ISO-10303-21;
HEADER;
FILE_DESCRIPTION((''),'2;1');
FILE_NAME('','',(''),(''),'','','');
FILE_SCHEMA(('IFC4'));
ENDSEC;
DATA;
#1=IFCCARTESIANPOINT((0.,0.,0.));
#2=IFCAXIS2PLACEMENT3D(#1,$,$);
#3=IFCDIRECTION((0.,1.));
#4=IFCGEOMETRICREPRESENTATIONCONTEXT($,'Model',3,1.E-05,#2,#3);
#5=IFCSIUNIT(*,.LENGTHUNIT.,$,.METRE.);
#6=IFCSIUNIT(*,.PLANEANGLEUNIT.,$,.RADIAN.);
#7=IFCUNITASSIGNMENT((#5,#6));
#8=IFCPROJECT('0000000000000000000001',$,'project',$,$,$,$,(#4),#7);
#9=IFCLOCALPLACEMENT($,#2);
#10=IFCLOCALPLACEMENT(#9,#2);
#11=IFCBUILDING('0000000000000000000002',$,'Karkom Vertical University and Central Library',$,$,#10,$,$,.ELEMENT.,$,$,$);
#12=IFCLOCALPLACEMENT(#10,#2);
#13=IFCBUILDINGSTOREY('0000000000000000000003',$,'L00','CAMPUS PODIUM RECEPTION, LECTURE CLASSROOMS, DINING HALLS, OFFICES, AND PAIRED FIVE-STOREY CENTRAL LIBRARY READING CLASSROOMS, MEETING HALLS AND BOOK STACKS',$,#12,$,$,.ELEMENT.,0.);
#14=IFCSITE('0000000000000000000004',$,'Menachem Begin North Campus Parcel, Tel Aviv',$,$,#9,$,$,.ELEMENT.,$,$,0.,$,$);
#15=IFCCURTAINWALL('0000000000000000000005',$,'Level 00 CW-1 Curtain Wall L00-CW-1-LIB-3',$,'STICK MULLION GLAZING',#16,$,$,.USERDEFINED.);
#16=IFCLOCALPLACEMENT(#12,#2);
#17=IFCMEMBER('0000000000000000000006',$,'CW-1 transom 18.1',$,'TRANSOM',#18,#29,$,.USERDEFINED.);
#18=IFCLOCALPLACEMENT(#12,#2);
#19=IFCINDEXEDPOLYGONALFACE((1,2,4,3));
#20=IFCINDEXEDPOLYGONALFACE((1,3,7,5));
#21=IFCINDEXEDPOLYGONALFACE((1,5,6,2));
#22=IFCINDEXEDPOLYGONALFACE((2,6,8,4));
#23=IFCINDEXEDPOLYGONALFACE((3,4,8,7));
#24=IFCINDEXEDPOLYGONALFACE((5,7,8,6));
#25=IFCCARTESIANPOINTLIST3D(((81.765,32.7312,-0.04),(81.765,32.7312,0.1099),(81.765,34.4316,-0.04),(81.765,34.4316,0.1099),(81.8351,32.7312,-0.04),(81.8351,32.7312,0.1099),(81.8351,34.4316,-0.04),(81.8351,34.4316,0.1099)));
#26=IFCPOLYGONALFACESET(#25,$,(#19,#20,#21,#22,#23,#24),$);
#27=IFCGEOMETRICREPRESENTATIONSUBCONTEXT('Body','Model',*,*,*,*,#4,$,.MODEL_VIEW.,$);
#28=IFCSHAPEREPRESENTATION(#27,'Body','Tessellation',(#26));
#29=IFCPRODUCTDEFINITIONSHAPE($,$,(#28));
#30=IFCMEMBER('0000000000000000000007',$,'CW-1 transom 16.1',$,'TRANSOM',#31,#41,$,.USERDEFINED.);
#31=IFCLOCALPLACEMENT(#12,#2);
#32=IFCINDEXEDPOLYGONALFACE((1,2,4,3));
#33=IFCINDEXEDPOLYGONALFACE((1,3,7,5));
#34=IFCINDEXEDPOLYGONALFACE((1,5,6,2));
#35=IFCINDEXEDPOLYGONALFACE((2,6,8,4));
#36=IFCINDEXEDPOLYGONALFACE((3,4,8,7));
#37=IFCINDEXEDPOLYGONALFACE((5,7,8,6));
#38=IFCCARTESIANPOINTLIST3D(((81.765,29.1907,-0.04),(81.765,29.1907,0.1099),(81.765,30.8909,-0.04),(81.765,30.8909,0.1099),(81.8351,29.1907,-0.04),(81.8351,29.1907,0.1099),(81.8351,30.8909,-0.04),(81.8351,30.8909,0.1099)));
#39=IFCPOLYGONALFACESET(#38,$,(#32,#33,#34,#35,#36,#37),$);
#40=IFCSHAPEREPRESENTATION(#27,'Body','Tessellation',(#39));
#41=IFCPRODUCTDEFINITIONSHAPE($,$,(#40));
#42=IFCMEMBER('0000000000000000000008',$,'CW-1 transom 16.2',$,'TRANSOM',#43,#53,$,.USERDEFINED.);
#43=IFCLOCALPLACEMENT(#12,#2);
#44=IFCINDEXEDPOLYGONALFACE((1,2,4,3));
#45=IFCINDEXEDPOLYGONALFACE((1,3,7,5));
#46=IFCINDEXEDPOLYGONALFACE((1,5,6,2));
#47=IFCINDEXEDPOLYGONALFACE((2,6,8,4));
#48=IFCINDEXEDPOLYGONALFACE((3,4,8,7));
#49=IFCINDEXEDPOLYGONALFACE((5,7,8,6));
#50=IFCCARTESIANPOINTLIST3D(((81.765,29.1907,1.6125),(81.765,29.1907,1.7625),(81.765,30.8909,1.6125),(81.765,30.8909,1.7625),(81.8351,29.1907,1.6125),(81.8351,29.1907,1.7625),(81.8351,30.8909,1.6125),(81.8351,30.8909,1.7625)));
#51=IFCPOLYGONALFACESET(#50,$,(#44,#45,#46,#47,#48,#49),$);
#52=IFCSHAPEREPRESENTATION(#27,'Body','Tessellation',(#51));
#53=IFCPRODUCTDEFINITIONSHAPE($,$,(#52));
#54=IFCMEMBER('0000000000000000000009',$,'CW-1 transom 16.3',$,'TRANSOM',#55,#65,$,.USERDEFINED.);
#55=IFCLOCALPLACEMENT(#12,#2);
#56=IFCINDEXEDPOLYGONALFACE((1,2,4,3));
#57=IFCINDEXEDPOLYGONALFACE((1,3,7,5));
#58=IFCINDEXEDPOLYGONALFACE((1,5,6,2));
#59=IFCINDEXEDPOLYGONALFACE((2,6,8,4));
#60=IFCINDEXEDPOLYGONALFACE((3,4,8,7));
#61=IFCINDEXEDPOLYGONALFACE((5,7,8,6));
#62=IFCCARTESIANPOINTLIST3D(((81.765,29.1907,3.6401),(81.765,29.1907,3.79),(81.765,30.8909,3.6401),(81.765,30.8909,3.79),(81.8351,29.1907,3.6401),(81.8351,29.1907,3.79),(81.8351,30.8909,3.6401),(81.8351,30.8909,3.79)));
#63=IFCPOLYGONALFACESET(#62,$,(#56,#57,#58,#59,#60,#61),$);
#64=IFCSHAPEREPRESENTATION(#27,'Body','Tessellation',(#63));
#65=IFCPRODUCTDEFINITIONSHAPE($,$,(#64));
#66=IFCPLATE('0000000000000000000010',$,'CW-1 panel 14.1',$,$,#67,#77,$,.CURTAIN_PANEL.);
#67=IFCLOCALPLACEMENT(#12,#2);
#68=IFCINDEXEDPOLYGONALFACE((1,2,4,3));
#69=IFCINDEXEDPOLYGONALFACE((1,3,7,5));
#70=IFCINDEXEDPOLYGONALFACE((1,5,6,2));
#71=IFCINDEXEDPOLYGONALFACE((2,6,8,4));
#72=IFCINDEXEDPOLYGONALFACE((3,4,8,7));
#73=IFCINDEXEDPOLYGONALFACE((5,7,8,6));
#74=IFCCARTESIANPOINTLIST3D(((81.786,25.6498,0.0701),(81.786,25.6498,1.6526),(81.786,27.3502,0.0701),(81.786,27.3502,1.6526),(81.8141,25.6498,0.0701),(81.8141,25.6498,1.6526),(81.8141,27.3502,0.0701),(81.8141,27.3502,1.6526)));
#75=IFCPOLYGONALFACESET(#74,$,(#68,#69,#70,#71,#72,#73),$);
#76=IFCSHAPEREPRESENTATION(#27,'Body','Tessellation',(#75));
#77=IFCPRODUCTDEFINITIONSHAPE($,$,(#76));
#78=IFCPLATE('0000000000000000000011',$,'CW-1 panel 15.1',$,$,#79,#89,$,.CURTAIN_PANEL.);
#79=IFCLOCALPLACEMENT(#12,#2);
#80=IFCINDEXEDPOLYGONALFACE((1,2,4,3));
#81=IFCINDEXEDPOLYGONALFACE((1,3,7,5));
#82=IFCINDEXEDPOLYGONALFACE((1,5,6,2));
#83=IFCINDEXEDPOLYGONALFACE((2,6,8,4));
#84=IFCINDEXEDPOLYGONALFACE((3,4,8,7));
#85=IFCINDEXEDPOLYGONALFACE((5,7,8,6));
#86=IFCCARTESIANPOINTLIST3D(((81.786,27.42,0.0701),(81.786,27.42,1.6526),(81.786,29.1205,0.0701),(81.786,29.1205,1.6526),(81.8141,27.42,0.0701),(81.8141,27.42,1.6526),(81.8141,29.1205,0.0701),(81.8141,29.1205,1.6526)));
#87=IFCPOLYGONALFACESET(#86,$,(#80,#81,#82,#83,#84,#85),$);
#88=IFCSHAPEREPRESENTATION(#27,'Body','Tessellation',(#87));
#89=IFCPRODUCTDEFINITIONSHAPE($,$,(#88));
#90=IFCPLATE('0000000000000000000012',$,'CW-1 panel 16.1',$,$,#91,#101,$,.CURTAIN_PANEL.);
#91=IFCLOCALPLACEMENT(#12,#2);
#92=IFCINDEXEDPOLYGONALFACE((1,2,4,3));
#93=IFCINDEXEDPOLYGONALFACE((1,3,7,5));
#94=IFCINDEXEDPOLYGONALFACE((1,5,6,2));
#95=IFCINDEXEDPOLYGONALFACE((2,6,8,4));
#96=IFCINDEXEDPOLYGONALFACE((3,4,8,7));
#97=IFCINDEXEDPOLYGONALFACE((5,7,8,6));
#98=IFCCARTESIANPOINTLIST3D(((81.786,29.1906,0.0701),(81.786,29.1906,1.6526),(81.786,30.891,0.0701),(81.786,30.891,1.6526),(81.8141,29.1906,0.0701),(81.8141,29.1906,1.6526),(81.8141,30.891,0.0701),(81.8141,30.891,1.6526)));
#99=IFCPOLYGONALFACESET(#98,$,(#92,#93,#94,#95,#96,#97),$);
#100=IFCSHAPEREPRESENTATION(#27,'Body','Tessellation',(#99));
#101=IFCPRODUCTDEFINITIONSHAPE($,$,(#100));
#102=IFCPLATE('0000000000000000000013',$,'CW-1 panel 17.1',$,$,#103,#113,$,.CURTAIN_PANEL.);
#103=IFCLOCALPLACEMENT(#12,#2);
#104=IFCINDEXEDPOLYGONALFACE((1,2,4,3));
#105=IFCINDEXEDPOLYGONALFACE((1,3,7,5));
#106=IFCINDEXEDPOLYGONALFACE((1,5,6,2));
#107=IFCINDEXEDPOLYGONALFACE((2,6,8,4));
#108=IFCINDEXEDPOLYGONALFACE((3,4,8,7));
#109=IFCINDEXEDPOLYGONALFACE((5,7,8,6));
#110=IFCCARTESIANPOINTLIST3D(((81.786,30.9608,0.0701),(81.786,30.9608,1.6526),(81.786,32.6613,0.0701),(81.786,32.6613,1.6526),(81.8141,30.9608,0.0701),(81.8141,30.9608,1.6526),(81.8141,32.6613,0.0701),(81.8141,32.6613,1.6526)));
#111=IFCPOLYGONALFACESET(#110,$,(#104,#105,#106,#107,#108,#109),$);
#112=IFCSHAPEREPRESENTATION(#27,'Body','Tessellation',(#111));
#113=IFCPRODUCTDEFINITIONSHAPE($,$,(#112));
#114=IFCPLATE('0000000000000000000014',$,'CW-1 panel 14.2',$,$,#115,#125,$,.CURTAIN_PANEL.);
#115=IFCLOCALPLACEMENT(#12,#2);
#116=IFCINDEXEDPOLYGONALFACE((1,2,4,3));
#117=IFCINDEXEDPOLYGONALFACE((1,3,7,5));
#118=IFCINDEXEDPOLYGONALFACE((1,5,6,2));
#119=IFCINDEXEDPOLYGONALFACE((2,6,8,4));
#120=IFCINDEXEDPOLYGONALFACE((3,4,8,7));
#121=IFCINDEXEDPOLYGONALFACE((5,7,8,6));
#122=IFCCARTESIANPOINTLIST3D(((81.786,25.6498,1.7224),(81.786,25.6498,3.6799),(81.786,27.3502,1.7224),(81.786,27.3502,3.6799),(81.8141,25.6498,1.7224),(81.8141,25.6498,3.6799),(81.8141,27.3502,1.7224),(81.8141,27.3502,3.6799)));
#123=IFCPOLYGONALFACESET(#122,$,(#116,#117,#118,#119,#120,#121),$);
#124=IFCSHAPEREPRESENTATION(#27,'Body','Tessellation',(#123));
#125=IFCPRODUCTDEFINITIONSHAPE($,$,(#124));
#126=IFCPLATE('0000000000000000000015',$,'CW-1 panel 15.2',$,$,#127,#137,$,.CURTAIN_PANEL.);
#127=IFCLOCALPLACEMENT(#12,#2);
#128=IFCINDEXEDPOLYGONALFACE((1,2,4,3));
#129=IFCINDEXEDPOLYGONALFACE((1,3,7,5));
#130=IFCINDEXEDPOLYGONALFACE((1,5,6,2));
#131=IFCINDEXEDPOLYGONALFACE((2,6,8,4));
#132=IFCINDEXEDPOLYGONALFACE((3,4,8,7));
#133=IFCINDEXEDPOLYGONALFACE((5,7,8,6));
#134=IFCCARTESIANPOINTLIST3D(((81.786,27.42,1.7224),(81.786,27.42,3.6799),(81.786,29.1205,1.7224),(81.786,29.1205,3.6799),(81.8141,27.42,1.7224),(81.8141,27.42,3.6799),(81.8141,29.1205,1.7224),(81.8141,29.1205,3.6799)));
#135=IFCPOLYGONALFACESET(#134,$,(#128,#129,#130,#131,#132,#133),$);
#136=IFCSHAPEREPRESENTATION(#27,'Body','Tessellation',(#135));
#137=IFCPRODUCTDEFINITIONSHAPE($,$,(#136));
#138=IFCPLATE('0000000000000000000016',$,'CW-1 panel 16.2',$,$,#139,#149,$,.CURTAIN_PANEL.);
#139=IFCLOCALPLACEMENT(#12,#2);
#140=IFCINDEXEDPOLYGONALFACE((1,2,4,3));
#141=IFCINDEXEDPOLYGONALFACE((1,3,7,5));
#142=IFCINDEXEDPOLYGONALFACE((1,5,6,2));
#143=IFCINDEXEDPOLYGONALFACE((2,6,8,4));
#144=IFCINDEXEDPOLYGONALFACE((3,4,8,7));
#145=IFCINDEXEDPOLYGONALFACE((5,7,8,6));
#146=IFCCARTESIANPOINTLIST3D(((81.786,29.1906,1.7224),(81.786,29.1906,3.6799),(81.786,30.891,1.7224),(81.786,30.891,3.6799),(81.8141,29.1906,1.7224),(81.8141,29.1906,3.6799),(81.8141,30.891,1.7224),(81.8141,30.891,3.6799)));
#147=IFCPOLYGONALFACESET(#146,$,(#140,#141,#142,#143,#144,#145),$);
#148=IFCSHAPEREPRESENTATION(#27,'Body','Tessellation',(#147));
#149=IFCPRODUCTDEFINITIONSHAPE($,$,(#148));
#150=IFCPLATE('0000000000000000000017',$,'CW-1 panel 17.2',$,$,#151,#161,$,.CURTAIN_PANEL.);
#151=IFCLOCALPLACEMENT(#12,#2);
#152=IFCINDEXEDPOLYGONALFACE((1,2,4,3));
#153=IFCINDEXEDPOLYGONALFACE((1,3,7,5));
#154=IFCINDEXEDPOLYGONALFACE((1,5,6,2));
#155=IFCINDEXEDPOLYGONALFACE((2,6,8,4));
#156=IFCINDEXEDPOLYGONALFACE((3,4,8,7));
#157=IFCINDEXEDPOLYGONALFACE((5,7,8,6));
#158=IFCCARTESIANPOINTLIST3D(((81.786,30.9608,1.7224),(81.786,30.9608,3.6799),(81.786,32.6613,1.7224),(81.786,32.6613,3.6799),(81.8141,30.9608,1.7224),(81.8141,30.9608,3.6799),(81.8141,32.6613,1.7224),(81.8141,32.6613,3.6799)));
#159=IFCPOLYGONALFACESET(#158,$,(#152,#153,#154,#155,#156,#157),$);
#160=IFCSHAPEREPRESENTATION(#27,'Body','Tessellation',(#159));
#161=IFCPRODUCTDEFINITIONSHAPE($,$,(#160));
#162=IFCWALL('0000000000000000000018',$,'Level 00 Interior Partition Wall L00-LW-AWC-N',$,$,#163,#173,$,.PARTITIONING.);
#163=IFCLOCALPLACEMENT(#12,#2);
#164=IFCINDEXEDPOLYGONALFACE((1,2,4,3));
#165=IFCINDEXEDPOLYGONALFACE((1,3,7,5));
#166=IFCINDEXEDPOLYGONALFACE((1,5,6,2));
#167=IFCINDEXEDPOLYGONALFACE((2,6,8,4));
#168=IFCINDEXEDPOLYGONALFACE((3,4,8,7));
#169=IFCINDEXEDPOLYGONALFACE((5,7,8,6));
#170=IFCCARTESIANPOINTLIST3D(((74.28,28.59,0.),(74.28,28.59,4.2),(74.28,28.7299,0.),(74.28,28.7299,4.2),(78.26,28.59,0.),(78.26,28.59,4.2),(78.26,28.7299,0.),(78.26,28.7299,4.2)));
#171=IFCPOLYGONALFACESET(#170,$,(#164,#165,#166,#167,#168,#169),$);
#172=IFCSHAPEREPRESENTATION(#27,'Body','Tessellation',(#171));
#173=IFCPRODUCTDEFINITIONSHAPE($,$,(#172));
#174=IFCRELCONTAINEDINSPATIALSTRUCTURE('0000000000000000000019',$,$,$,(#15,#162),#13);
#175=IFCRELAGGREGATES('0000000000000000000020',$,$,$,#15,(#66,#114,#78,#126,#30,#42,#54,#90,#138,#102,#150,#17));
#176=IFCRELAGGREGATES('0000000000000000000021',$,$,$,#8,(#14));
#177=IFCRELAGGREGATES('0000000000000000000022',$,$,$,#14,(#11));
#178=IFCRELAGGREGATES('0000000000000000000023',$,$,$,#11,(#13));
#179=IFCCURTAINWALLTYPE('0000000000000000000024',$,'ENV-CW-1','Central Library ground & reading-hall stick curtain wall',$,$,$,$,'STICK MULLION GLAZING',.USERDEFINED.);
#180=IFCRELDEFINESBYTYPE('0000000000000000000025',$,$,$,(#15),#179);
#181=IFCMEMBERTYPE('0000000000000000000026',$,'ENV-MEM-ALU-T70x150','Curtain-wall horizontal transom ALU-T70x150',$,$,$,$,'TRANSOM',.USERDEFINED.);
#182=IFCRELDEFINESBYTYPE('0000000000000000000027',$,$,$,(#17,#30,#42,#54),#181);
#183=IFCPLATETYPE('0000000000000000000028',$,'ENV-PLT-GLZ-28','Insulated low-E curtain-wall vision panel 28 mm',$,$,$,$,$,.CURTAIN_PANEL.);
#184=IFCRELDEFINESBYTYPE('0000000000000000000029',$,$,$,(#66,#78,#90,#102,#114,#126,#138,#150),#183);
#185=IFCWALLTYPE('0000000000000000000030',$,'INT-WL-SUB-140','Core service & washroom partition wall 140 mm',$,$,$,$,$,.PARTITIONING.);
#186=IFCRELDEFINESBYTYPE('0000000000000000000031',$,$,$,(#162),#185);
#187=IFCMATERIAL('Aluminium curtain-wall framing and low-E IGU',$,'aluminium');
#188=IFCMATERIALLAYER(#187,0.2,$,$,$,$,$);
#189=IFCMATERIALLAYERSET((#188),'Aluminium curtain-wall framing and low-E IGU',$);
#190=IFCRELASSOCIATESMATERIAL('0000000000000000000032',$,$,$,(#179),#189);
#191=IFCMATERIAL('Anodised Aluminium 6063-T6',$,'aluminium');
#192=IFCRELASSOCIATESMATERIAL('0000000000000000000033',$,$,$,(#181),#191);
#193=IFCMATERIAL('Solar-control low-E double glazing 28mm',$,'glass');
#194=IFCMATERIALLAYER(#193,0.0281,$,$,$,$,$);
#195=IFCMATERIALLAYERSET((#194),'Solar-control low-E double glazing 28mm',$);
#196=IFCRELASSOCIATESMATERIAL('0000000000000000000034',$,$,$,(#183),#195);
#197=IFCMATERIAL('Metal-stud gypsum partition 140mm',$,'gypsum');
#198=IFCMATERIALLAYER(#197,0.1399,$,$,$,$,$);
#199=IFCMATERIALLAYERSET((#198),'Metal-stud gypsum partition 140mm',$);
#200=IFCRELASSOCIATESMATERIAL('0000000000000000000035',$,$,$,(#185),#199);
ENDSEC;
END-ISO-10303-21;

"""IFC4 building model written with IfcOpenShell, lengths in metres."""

from ifc_helpers import new_model, si_unit, direction, frame, frame_2d, origin, origin_with_axes, origin_2d, place, context, subcontext, project, spatial, rectangle, extrude, source, transform, mapped, material, layer, layer_set, material_profile, profile_set, type_object, element, aggregate, save


model = new_model("IFC4")

# Units and contexts
model_context = context("Model", 3, precision=1e-05, world=origin(), true_north=direction((0.0, 1.0)))
body_context = subcontext(model_context, "Body", "Model", "MODEL_VIEW")
ifc_project = project(units=[si_unit("LENGTHUNIT", "METRE"), si_unit("PLANEANGLEUNIT", "RADIAN")], contexts=[model_context])

# Site, building, storey
site_placement = place(None, origin())
site = spatial("IfcSite", under=ifc_project, at=site_placement, Name="Menachem Begin North Campus Parcel, Tel Aviv", CompositionType="ELEMENT", RefElevation=0.0)
building_placement = place(site_placement, origin())
building = spatial("IfcBuilding", under=site, at=building_placement, Name="Karkom Vertical University and Central Library", CompositionType="ELEMENT")
storey_placement = place(building_placement, origin())
storey = spatial("IfcBuildingStorey", under=building, at=storey_placement, Name="L00", Description="CAMPUS PODIUM RECEPTION, LECTURE CLASSROOMS, DINING HALLS, OFFICES, AND PAIRED FIVE-STOREY CENTRAL LIBRARY READING CLASSROOMS, MEETING HALLS AND BOOK STACKS", CompositionType="ELEMENT", Elevation=0.0)

# Curtain wall, members, plates
ifc_material_1 = material(Name="Aluminium curtain-wall framing and low-E IGU", Category="aluminium")
ifc_layer_1 = layer(ifc_material_1, 0.2)
ifc_layer_set_1 = layer_set([ifc_layer_1], Name="Aluminium curtain-wall framing and low-E IGU")
curtain_wall_type = type_object("IfcCurtainWallType", Name="ENV-CW-1", Description="Central Library ground & reading-hall stick curtain wall", ElementType="STICK MULLION GLAZING", PredefinedType="USERDEFINED", material=ifc_layer_set_1)
curtain_wall_placement = place(storey_placement, origin())
curtain_wall = element("IfcCurtainWall", 1, at=curtain_wall_placement, inside=storey, type_object=curtain_wall_type, Name="Level 00 CW-1 Curtain Wall L00-CW-1-LIB-3", ObjectType="STICK MULLION GLAZING", PredefinedType="USERDEFINED")
ifc_material_2 = material(Name="Anodised Aluminium 6063-T6", Category="aluminium")
ifc_material_profile_1 = material_profile(ifc_material_2, rectangle(XDim=0.0701, YDim=0.1499, at=origin_2d()), Name="ALU-T70x150")
ifc_profile_set_1 = profile_set([ifc_material_profile_1], Name="Anodised Aluminium 6063-T6")
member_type_1 = type_object("IfcMemberType", Name="ENV-MEM-ALU-T70x150", Description="Curtain-wall horizontal transom ALU-T70x150", ElementType="TRANSOM", PredefinedType="USERDEFINED", material=ifc_profile_set_1)
shared_shape_1 = source(origin_with_axes(), body_context, "Body", "SweptSolid", [
    extrude(rectangle(XDim=0.0701, YDim=0.1499, at=origin_2d()), origin(), (0.0, 0.0, 1.0), 1.7004),
])
member_1_placement = place(storey_placement, frame((81.8, 32.7312, 0.0349), z_axis=(0.0, 1.0, 0.0), x_axis=(-1.0, 0.0, 0.0)))
member_1 = element("IfcMember", 2, at=member_1_placement, type_object=member_type_1, Name="CW-1 transom 18.1", ObjectType="TRANSOM", PredefinedType="USERDEFINED", context=body_context, shape_type="MappedRepresentation", body=[
    mapped(shared_shape_1, transform((0.0, 0.0, 0.0), scale=1.0)),
])
shared_shape_2 = source(origin_with_axes(), body_context, "Body", "SweptSolid", [
    extrude(rectangle(XDim=0.0701, YDim=0.1499, at=origin_2d()), origin(), (0.0, 0.0, 1.0), 1.7002),
])
member_2_placement = place(storey_placement, frame((81.8, 29.1907, 0.0349), z_axis=(0.0, 1.0, 0.0), x_axis=(-1.0, 0.0, 0.0)))
member_2 = element("IfcMember", 3, at=member_2_placement, type_object=member_type_1, Name="CW-1 transom 16.1", ObjectType="TRANSOM", PredefinedType="USERDEFINED", context=body_context, shape_type="MappedRepresentation", body=[
    mapped(shared_shape_2, transform((0.0, 0.0, 0.0), scale=1.0)),
])
member_3_placement = place(storey_placement, frame((81.8, 29.1907, 1.6875), z_axis=(0.0, 1.0, 0.0), x_axis=(-1.0, 0.0, 0.0)))
member_3 = element("IfcMember", 4, at=member_3_placement, type_object=member_type_1, Name="CW-1 transom 16.2", ObjectType="TRANSOM", PredefinedType="USERDEFINED", context=body_context, shape_type="MappedRepresentation", body=[
    mapped(shared_shape_2, transform((0.0, 0.0, 0.0), scale=1.0)),
])
member_4_placement = place(storey_placement, frame((81.8, 29.1907, 3.7151), z_axis=(0.0, 1.0, 0.0), x_axis=(-1.0, 0.0, 0.0)))
member_4 = element("IfcMember", 5, at=member_4_placement, type_object=member_type_1, Name="CW-1 transom 16.3", ObjectType="TRANSOM", PredefinedType="USERDEFINED", context=body_context, shape_type="MappedRepresentation", body=[
    mapped(shared_shape_2, transform((0.0, 0.0, 0.0), scale=1.0)),
])
ifc_material_3 = material(Name="Solar-control low-E double glazing 28mm", Category="glass")
ifc_layer_2 = layer(ifc_material_3, 0.0281)
ifc_layer_set_2 = layer_set([ifc_layer_2], Name="Solar-control low-E double glazing 28mm")
plate_type = type_object("IfcPlateType", Name="ENV-PLT-GLZ-28", Description="Insulated low-E curtain-wall vision panel 28 mm", PredefinedType="CURTAIN_PANEL", material=ifc_layer_set_2)
shared_shape_3 = source(origin_with_axes(), body_context, "Body", "SweptSolid", [
    extrude(rectangle(XDim=1.7004, YDim=0.0281, at=origin_2d()), origin(), (0.0, 0.0, 1.0), 1.5825),
])
plate_1_placement = place(storey_placement, frame((81.8, 26.5, 0.0701), z_axis=(0.0, 0.0, 1.0), x_axis=(0.0, 1.0, 0.0)))
plate_1 = element("IfcPlate", 6, at=plate_1_placement, type_object=plate_type, Name="CW-1 panel 14.1", PredefinedType="CURTAIN_PANEL", context=body_context, shape_type="MappedRepresentation", body=[
    mapped(shared_shape_3, transform((0.0, 0.0, 0.0), scale=1.0)),
])
plate_2_placement = place(storey_placement, frame((81.8, 28.2703, 0.0701), z_axis=(0.0, 0.0, 1.0), x_axis=(0.0, 1.0, 0.0)))
plate_2 = element("IfcPlate", 7, at=plate_2_placement, type_object=plate_type, Name="CW-1 panel 15.1", PredefinedType="CURTAIN_PANEL", context=body_context, shape_type="MappedRepresentation", body=[
    mapped(shared_shape_3, transform((0.0, 0.0, 0.0), scale=1.0)),
])
plate_3_placement = place(storey_placement, frame((81.8, 30.0408, 0.0701), z_axis=(0.0, 0.0, 1.0), x_axis=(0.0, 1.0, 0.0)))
plate_3 = element("IfcPlate", 8, at=plate_3_placement, type_object=plate_type, Name="CW-1 panel 16.1", PredefinedType="CURTAIN_PANEL", context=body_context, shape_type="MappedRepresentation", body=[
    mapped(shared_shape_3, transform((0.0, 0.0, 0.0), scale=1.0)),
])
plate_4_placement = place(storey_placement, frame((81.8, 31.811, 0.0701), z_axis=(0.0, 0.0, 1.0), x_axis=(0.0, 1.0, 0.0)))
plate_4 = element("IfcPlate", 9, at=plate_4_placement, type_object=plate_type, Name="CW-1 panel 17.1", PredefinedType="CURTAIN_PANEL", context=body_context, shape_type="MappedRepresentation", body=[
    mapped(shared_shape_3, transform((0.0, 0.0, 0.0), scale=1.0)),
])
shared_shape_4 = source(origin_with_axes(), body_context, "Body", "SweptSolid", [
    extrude(rectangle(XDim=1.7004, YDim=0.0281, at=origin_2d()), origin(), (0.0, 0.0, 1.0), 1.9575),
])
plate_5_placement = place(storey_placement, frame((81.8, 26.5, 1.7224), z_axis=(0.0, 0.0, 1.0), x_axis=(0.0, 1.0, 0.0)))
plate_5 = element("IfcPlate", 10, at=plate_5_placement, type_object=plate_type, Name="CW-1 panel 14.2", PredefinedType="CURTAIN_PANEL", context=body_context, shape_type="MappedRepresentation", body=[
    mapped(shared_shape_4, transform((0.0, 0.0, 0.0), scale=1.0)),
])
plate_6_placement = place(storey_placement, frame((81.8, 28.2703, 1.7224), z_axis=(0.0, 0.0, 1.0), x_axis=(0.0, 1.0, 0.0)))
plate_6 = element("IfcPlate", 11, at=plate_6_placement, type_object=plate_type, Name="CW-1 panel 15.2", PredefinedType="CURTAIN_PANEL", context=body_context, shape_type="MappedRepresentation", body=[
    mapped(shared_shape_4, transform((0.0, 0.0, 0.0), scale=1.0)),
])
plate_7_placement = place(storey_placement, frame((81.8, 30.0408, 1.7224), z_axis=(0.0, 0.0, 1.0), x_axis=(0.0, 1.0, 0.0)))
plate_7 = element("IfcPlate", 12, at=plate_7_placement, type_object=plate_type, Name="CW-1 panel 16.2", PredefinedType="CURTAIN_PANEL", context=body_context, shape_type="MappedRepresentation", body=[
    mapped(shared_shape_4, transform((0.0, 0.0, 0.0), scale=1.0)),
])
plate_8_placement = place(storey_placement, frame((81.8, 31.811, 1.7224), z_axis=(0.0, 0.0, 1.0), x_axis=(0.0, 1.0, 0.0)))
plate_8 = element("IfcPlate", 13, at=plate_8_placement, type_object=plate_type, Name="CW-1 panel 17.2", PredefinedType="CURTAIN_PANEL", context=body_context, shape_type="MappedRepresentation", body=[
    mapped(shared_shape_4, transform((0.0, 0.0, 0.0), scale=1.0)),
])
aggregate(curtain_wall, [plate_1, plate_5, plate_2, plate_6, member_2, member_3, member_4, plate_3, plate_7, plate_4, plate_8, member_1])

# Wall
ifc_material_4 = material(Name="Metal-stud gypsum partition 140mm", Category="gypsum")
ifc_layer_3 = layer(ifc_material_4, 0.1399)
ifc_layer_set_3 = layer_set([ifc_layer_3], Name="Metal-stud gypsum partition 140mm")
wall_type = type_object("IfcWallType", Name="INT-WL-SUB-140", Description="Core service & washroom partition wall 140 mm", PredefinedType="PARTITIONING", material=ifc_layer_set_3)
wall_1_placement = place(storey_placement, frame((74.28, 28.6599, 0.0), z_axis=(0.0, 0.0, 1.0), x_axis=(1.0, 0.0, 0.0)))
element("IfcWall", 14, at=wall_1_placement, inside=storey, type_object=wall_type, Name="Level 00 Interior Partition Wall L00-LW-AWC-N", PredefinedType="PARTITIONING", context=body_context, shape_type="SweptSolid", body=[
    extrude(rectangle(XDim=3.98, YDim=0.1399, at=frame_2d((1.99, 0.0))), origin(), (0.0, 0.0, 1.0), 4.2),
])

save(model, "model.ifc")
